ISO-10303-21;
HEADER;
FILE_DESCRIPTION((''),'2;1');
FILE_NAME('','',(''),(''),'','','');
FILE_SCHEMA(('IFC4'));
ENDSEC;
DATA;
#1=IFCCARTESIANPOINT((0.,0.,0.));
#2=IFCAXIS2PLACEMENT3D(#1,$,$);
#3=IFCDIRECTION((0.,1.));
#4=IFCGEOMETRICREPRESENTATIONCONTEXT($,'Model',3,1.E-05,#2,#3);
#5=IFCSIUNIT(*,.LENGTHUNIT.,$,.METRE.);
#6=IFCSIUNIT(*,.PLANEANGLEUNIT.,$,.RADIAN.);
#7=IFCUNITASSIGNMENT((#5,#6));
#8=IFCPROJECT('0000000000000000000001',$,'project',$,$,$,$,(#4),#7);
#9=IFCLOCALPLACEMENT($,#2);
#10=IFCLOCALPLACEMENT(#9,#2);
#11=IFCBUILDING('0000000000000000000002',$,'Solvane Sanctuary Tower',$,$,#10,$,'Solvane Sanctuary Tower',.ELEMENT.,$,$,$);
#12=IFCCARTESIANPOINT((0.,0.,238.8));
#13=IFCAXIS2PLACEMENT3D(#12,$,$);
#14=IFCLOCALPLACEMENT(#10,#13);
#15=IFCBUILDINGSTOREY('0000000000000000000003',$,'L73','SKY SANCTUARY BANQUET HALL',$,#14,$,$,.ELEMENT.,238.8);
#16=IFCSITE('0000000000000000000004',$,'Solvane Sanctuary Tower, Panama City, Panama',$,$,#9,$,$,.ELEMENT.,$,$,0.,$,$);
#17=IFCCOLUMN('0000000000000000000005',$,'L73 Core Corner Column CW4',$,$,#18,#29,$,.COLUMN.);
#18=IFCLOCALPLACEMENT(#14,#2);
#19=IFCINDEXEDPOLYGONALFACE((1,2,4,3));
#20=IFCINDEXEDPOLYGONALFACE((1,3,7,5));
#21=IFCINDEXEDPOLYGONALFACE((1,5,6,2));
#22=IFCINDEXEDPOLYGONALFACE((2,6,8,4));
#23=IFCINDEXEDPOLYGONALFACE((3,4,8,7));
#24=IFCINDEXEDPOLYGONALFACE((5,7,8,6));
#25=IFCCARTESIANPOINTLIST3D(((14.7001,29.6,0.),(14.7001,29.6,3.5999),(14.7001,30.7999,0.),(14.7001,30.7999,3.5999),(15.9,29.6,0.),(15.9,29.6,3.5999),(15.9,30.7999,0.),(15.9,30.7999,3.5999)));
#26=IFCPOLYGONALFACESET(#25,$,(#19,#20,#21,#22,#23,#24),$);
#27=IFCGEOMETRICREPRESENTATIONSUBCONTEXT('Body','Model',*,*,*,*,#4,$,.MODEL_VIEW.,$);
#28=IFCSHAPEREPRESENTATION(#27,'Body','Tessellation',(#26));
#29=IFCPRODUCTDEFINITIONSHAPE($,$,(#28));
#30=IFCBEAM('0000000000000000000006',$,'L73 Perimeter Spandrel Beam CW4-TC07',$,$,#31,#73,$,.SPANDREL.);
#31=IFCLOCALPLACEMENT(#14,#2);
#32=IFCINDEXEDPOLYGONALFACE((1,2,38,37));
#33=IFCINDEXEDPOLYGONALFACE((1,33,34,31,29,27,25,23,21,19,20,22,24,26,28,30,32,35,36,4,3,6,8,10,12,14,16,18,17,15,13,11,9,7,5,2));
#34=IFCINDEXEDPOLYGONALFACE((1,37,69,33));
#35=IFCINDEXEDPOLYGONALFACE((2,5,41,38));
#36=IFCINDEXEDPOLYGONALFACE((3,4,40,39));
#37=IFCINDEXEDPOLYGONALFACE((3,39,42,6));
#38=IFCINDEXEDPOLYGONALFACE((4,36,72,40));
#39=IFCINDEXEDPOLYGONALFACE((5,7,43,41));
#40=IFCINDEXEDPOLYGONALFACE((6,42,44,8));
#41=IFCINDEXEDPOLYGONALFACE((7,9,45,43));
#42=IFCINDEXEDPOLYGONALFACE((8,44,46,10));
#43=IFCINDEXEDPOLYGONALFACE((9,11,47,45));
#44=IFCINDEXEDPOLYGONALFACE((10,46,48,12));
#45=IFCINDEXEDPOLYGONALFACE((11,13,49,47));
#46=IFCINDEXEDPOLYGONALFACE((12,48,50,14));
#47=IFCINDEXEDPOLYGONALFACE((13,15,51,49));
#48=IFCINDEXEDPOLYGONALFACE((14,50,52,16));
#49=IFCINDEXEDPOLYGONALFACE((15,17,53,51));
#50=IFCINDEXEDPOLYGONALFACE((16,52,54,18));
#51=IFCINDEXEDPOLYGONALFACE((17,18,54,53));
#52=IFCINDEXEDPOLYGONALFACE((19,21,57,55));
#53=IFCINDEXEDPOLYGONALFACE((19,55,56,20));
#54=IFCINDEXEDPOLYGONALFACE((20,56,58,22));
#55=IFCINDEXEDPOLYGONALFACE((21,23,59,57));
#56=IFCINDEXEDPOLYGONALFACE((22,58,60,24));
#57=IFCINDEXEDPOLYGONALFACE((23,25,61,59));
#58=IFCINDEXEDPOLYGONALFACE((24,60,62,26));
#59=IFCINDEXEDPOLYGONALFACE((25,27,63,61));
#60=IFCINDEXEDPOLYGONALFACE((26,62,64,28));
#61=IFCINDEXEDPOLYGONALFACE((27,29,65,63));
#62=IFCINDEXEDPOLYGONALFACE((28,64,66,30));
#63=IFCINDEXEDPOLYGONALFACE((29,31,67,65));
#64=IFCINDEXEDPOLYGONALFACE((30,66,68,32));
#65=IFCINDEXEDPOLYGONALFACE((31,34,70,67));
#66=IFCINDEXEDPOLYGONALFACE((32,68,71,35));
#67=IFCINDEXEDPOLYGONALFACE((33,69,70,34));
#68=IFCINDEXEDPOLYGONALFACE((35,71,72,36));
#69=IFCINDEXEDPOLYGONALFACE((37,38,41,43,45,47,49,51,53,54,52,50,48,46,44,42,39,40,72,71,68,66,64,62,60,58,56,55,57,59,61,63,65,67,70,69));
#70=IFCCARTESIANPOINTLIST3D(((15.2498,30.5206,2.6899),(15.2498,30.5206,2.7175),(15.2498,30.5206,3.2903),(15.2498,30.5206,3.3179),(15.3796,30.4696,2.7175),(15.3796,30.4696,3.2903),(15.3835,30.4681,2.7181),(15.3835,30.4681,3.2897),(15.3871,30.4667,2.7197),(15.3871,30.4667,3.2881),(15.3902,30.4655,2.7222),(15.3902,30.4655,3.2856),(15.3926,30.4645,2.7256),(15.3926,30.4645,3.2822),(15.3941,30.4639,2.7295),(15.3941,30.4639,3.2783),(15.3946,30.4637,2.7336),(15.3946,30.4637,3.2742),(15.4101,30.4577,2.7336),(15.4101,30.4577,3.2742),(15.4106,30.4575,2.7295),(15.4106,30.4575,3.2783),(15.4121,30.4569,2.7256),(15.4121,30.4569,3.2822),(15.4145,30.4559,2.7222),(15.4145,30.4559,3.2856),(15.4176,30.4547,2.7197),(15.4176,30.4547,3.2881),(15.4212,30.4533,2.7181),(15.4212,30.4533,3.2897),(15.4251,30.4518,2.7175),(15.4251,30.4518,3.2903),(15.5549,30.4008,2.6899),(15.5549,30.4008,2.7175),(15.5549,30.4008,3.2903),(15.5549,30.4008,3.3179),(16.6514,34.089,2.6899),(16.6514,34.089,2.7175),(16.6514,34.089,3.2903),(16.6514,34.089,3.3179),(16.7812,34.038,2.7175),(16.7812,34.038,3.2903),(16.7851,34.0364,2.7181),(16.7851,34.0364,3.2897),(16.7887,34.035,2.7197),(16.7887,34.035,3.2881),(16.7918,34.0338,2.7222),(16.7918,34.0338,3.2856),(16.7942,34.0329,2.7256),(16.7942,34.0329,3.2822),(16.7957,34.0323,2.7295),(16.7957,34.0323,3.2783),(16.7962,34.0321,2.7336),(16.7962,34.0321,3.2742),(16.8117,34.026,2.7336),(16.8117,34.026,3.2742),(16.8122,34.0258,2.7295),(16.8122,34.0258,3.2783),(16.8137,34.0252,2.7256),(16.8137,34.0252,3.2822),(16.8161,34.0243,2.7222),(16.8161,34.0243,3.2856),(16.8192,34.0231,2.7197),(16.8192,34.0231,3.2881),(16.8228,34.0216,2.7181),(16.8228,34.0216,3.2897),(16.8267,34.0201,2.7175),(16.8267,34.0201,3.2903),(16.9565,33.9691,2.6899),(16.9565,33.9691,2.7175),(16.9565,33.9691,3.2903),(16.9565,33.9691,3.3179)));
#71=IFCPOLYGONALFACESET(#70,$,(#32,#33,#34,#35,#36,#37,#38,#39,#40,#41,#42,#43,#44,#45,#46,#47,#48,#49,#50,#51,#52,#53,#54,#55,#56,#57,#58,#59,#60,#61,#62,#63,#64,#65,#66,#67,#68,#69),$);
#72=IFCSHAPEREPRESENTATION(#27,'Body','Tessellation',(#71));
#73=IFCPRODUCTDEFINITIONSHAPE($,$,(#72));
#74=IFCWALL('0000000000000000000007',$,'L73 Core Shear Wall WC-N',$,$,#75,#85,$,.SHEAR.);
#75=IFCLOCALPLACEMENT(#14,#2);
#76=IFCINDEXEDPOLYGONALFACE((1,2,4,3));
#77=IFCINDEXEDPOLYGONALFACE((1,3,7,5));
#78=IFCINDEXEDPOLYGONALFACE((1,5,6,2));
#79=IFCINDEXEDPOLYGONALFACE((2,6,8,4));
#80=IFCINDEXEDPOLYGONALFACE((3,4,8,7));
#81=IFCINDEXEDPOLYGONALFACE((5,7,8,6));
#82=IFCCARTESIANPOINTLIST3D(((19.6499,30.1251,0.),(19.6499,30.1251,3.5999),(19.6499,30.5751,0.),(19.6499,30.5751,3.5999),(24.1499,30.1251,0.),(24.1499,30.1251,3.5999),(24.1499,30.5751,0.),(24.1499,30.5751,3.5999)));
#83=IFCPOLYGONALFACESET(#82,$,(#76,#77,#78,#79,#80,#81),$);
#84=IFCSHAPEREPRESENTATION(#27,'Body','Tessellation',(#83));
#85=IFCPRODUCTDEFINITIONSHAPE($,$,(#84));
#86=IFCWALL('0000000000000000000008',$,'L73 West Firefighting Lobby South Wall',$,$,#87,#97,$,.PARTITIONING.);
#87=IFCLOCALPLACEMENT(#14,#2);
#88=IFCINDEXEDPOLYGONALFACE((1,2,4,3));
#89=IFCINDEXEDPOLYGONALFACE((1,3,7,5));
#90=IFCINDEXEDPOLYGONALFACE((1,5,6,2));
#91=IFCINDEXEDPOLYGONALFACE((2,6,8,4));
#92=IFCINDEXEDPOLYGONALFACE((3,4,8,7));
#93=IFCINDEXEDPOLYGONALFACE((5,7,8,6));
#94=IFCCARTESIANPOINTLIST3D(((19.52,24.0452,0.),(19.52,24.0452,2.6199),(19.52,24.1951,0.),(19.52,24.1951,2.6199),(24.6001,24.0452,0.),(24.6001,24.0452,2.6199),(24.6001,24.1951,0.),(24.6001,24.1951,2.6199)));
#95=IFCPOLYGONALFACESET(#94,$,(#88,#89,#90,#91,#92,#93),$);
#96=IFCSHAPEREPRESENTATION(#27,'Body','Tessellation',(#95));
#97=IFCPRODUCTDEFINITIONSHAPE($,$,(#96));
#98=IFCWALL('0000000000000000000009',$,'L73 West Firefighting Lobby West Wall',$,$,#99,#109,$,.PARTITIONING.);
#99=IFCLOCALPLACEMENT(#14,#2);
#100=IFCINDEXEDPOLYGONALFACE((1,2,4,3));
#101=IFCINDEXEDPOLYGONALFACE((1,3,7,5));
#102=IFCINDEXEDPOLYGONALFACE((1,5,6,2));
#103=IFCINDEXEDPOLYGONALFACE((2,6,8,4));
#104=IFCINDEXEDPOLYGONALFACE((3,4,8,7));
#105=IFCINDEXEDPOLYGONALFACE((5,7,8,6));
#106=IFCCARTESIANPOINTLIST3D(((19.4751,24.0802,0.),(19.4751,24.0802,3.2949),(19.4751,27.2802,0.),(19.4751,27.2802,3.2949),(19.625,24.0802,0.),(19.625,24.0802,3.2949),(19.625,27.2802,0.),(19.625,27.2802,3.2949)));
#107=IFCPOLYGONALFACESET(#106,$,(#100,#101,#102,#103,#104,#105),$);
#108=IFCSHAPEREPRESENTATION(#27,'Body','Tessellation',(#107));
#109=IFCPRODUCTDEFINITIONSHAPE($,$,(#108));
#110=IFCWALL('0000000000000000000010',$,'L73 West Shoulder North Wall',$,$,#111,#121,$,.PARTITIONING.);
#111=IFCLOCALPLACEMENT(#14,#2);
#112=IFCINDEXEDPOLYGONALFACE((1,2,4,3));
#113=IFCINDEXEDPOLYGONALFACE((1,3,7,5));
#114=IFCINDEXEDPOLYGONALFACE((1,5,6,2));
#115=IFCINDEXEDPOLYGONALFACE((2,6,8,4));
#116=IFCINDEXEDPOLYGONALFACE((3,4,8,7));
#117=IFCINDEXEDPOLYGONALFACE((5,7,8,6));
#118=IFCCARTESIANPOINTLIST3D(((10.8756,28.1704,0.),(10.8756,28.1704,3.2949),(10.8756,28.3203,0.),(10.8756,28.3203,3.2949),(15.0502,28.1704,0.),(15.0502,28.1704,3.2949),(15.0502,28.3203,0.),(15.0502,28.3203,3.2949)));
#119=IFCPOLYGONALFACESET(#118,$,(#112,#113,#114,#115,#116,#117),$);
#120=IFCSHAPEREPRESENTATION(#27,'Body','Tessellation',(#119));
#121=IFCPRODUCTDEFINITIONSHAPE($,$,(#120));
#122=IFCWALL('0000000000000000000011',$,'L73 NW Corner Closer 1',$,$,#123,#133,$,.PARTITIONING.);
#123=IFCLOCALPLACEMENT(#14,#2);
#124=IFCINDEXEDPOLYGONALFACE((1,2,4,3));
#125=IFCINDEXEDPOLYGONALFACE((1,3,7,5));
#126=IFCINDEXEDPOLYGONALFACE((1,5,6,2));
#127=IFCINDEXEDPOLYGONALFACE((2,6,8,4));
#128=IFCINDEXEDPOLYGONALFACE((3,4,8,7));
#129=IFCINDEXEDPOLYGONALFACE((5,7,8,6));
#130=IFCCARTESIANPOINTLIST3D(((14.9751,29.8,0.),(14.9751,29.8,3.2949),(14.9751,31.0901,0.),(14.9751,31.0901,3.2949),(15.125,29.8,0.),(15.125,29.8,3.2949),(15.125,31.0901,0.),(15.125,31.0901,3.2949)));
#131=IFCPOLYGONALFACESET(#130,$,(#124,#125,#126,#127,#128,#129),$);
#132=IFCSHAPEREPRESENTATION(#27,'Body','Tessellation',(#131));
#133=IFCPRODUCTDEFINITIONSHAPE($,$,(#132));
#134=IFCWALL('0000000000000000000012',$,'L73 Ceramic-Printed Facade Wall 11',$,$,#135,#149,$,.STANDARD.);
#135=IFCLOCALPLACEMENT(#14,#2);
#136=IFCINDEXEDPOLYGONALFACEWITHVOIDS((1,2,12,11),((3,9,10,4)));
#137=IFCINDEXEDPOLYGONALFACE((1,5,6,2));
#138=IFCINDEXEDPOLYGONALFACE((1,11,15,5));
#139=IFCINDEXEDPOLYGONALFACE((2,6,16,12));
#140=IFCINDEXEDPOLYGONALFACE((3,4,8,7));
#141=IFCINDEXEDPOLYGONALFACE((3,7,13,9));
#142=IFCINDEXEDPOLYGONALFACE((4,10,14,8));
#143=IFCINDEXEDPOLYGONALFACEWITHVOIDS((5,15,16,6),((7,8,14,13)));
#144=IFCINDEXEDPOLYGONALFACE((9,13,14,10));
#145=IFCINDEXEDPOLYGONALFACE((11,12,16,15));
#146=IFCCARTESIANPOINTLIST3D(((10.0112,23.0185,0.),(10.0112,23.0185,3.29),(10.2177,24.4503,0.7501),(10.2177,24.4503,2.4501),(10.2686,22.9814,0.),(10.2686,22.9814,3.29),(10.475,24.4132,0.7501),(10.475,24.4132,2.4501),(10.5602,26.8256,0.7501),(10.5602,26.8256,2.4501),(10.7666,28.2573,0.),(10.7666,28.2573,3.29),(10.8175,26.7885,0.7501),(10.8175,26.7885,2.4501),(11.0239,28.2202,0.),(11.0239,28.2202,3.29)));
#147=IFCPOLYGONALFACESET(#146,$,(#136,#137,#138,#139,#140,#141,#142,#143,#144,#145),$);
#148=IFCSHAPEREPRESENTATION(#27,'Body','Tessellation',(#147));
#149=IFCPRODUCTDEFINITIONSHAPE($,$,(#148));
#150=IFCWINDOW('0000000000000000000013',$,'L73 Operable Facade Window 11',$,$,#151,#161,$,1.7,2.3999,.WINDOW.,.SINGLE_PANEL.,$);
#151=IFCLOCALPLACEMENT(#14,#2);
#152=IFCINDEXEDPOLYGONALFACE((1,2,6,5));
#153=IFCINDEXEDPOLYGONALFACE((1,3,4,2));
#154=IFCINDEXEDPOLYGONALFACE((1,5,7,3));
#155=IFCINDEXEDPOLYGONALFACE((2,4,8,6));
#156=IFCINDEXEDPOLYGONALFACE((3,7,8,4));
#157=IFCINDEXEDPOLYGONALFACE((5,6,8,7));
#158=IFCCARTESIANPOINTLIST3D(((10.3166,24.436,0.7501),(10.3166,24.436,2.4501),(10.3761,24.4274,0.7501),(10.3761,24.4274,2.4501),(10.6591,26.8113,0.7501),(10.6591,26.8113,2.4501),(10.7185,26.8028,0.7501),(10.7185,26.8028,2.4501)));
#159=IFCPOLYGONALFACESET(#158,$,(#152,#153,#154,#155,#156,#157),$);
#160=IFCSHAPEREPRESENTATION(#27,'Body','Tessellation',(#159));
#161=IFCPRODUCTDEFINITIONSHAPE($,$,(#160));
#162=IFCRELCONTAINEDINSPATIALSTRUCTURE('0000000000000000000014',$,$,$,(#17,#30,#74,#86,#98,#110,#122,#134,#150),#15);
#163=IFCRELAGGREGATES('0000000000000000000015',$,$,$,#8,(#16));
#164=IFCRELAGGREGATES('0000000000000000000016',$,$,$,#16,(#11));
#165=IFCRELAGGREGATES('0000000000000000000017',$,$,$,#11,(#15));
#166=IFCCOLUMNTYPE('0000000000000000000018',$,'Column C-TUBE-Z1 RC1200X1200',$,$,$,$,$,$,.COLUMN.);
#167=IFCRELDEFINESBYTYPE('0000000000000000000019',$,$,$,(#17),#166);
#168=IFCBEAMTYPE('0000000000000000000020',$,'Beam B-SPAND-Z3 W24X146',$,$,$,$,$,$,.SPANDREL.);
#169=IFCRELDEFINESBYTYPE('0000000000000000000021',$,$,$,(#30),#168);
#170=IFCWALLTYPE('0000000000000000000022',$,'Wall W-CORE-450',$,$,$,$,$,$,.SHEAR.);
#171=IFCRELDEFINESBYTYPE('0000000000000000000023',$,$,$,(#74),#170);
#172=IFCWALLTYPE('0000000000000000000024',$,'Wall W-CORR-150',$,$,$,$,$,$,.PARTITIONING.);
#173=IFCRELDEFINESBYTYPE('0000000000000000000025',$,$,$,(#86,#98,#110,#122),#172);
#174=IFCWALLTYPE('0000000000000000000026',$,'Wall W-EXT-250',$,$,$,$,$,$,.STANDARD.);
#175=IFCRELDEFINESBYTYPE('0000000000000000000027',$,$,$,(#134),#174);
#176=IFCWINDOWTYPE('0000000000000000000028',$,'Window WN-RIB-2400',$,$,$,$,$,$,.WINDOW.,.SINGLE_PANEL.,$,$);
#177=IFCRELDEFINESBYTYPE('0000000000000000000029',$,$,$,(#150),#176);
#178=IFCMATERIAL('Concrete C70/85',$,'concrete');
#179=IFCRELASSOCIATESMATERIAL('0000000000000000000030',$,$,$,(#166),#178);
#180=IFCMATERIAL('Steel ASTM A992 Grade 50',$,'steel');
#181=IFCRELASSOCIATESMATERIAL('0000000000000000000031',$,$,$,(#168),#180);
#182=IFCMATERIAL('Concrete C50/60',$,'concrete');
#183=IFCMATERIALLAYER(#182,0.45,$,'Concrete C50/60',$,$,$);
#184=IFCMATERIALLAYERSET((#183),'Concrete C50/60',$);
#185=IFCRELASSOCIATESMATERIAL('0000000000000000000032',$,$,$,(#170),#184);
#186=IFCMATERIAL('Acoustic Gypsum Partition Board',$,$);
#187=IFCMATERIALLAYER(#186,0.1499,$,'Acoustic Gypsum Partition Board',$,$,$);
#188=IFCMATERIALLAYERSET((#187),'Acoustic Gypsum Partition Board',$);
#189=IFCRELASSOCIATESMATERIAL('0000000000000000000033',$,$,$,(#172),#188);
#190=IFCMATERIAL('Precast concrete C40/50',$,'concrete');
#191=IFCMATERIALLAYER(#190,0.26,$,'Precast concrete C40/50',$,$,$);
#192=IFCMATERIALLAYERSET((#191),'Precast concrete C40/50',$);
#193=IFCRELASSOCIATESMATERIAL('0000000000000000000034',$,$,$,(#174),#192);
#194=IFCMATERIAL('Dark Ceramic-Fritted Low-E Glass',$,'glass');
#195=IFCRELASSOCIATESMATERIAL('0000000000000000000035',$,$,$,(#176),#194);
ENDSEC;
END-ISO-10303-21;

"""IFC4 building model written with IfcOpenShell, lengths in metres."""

from ifc_helpers import new_model, si_unit, direction, frame, frame_2d, origin, origin_2d, place, context, subcontext, project, spatial, rectangle, i_section, extrude, material, layer, layer_set, material_profile, profile_set, type_object, element, fill, save


model = new_model("IFC4")

# Units and contexts
model_context = context("Model", 3, precision=1e-05, world=origin(), true_north=direction((0.0, 1.0)))
body_context = subcontext(model_context, "Body", "Model", "MODEL_VIEW")
ifc_project = project(units=[si_unit("LENGTHUNIT", "METRE"), si_unit("PLANEANGLEUNIT", "RADIAN")], contexts=[model_context])

# Site, building, storey
site_placement = place(None, origin())
site = spatial("IfcSite", under=ifc_project, at=site_placement, Name="Solvane Sanctuary Tower, Panama City, Panama", CompositionType="ELEMENT", RefElevation=0.0)
building_placement = place(site_placement, origin())
building = spatial("IfcBuilding", under=site, at=building_placement, Name="Solvane Sanctuary Tower", LongName="Solvane Sanctuary Tower", CompositionType="ELEMENT")
storey_placement = place(building_placement, frame((0.0, 0.0, 238.8)))
storey = spatial("IfcBuildingStorey", under=building, at=storey_placement, Name="L73", Description="SKY SANCTUARY BANQUET HALL", CompositionType="ELEMENT", Elevation=238.8)

# Column
ifc_material_1 = material(Name="Concrete C70/85", Category="concrete")
ifc_material_profile_1 = material_profile(ifc_material_1, rectangle(XDim=1.2, YDim=1.2, at=origin_2d()), Name="RC1200X1200")
ifc_profile_set_1 = profile_set([ifc_material_profile_1], Name="Concrete C70/85")
column_type = type_object("IfcColumnType", Name="Column C-TUBE-Z1 RC1200X1200", PredefinedType="COLUMN", material=ifc_profile_set_1)
column_placement = place(storey_placement, frame((15.3, 30.2, 0.0), z_axis=(0.0, 0.0, 1.0), x_axis=(1.0, 0.0, 0.0)))
element("IfcColumn", 1, at=column_placement, inside=storey, type_object=column_type, Name="L73 Core Corner Column CW4", PredefinedType="COLUMN", context=body_context, shape_type="SweptSolid", body=[
    extrude(rectangle(XDim=1.2, YDim=1.2, at=origin_2d()), origin(), (0.0, 0.0, 1.0), 3.5999),
])

# Beam
ifc_material_2 = material(Name="Steel ASTM A992 Grade 50", Category="steel")
ifc_material_profile_2 = material_profile(ifc_material_2, i_section(OverallWidth=0.3279, OverallDepth=0.6279, WebThickness=0.0166, FlangeThickness=0.0276, FilletRadius=0.0161, at=origin_2d()), Name="W24X146")
ifc_profile_set_2 = profile_set([ifc_material_profile_2], Name="Steel ASTM A992 Grade 50")
beam_type = type_object("IfcBeamType", Name="Beam B-SPAND-Z3 W24X146", PredefinedType="SPANDREL", material=ifc_profile_set_2)
beam_placement = place(storey_placement, frame((15.4023, 30.4607, 3.0039), z_axis=(0.365597, 0.930773, 0.0), x_axis=(-0.930773, 0.365597, 0.0)))
element("IfcBeam", 2, at=beam_placement, inside=storey, type_object=beam_type, Name="L73 Perimeter Spandrel Beam CW4-TC07", PredefinedType="SPANDREL", context=body_context, shape_type="SweptSolid", body=[
    extrude(i_section(OverallWidth=0.3279, OverallDepth=0.6279, WebThickness=0.0166, FlangeThickness=0.0276, FilletRadius=0.0161, at=origin_2d()), origin(), (0.0, 0.0, 1.0), 3.8337),
])

# Walls
ifc_material_3 = material(Name="Concrete C50/60", Category="concrete")
ifc_layer_1 = layer(ifc_material_3, 0.45, Name="Concrete C50/60")
ifc_layer_set_1 = layer_set([ifc_layer_1], Name="Concrete C50/60")
wall_type_1 = type_object("IfcWallType", Name="Wall W-CORE-450", PredefinedType="SHEAR", material=ifc_layer_set_1)
wall_1_placement = place(storey_placement, frame((19.6499, 30.3501, 0.0), z_axis=(0.0, 0.0, 1.0), x_axis=(1.0, 0.0, 0.0)))
element("IfcWall", 3, at=wall_1_placement, inside=storey, type_object=wall_type_1, Name="L73 Core Shear Wall WC-N", PredefinedType="SHEAR", context=body_context, shape_type="SweptSolid", body=[
    extrude(rectangle(XDim=4.5, YDim=0.45, at=frame_2d((2.25, 0.0))), origin(), (0.0, 0.0, 1.0), 3.5999),
])
ifc_material_4 = material(Name="Acoustic Gypsum Partition Board")
ifc_layer_2 = layer(ifc_material_4, 0.1499, Name="Acoustic Gypsum Partition Board")
ifc_layer_set_2 = layer_set([ifc_layer_2], Name="Acoustic Gypsum Partition Board")
wall_type_2 = type_object("IfcWallType", Name="Wall W-CORR-150", PredefinedType="PARTITIONING", material=ifc_layer_set_2)
wall_2_placement = place(storey_placement, frame((19.52, 24.1201, 0.0), z_axis=(0.0, 0.0, 1.0), x_axis=(1.0, 0.0, 0.0)))
element("IfcWall", 4, at=wall_2_placement, inside=storey, type_object=wall_type_2, Name="L73 West Firefighting Lobby South Wall", PredefinedType="PARTITIONING", context=body_context, shape_type="SweptSolid", body=[
    extrude(rectangle(XDim=5.0801, YDim=0.1499, at=frame_2d((2.54, 0.0))), origin(), (0.0, 0.0, 1.0), 2.6199),
])
wall_3_placement = place(storey_placement, frame((19.55, 24.0801, 0.0), z_axis=(0.0, 0.0, 1.0), x_axis=(0.0, 1.0, 0.0)))
element("IfcWall", 5, at=wall_3_placement, inside=storey, type_object=wall_type_2, Name="L73 West Firefighting Lobby West Wall", PredefinedType="PARTITIONING", context=body_context, shape_type="SweptSolid", body=[
    extrude(rectangle(XDim=3.2, YDim=0.1499, at=frame_2d((1.6001, 0.0))), origin(), (0.0, 0.0, 1.0), 3.2949),
])
wall_4_placement = place(storey_placement, frame((10.8755, 28.2454, 0.0), z_axis=(0.0, 0.0, 1.0), x_axis=(1.0, 0.0, 0.0)))
element("IfcWall", 6, at=wall_4_placement, inside=storey, type_object=wall_type_2, Name="L73 West Shoulder North Wall", PredefinedType="PARTITIONING", context=body_context, shape_type="SweptSolid", body=[
    extrude(rectangle(XDim=4.1746, YDim=0.1499, at=frame_2d((2.0874, 0.0))), origin(), (0.0, 0.0, 1.0), 3.2949),
])
wall_5_placement = place(storey_placement, frame((15.05, 29.8, 0.0), z_axis=(0.0, 0.0, 1.0), x_axis=(0.0, 1.0, 0.0)))
element("IfcWall", 7, at=wall_5_placement, inside=storey, type_object=wall_type_2, Name="L73 NW Corner Closer 1", PredefinedType="PARTITIONING", context=body_context, shape_type="SweptSolid", body=[
    extrude(rectangle(XDim=1.29, YDim=0.1499, at=frame_2d((0.645, 0.0))), origin(), (0.0, 0.0, 1.0), 3.2949),
])

# Wall, opening, window
ifc_material_5 = material(Name="Precast concrete C40/50", Category="concrete")
ifc_layer_3 = layer(ifc_material_5, 0.26, Name="Precast concrete C40/50")
ifc_layer_set_3 = layer_set([ifc_layer_3], Name="Precast concrete C40/50")
wall_type_3 = type_object("IfcWallType", Name="Wall W-EXT-250", PredefinedType="STANDARD", material=ifc_layer_set_3)
wall_6_placement = place(storey_placement, frame((10.8953, 28.2388, 0.0), z_axis=(0.0, 0.0, 1.0), x_axis=(-0.142713, -0.989764, 0.0)))
wall_6 = element("IfcWall", 8, at=wall_6_placement, inside=storey, type_object=wall_type_3, Name="L73 Ceramic-Printed Facade Wall 11", PredefinedType="STANDARD", context=body_context, shape_type="SweptSolid", body=[
    extrude(rectangle(XDim=5.293, YDim=0.26, at=frame_2d((2.6465, 0.0))), origin(), (0.0, 0.0, 1.0), 3.29),
])
opening_1_placement = place(wall_6_placement, frame((1.4465, 0.0, 0.75)))
opening_1 = element("IfcOpeningElement", 9, at=opening_1_placement, cuts=wall_6, PredefinedType="OPENING", context=body_context, shape_type="SweptSolid", body=[
    extrude(rectangle(XDim=2.3999, YDim=1.7, at=frame_2d((1.2, 0.8501))), frame((0.0, 0.1399, 0.0), z_axis=(0.0, -1.0, 0.0), x_axis=(1.0, 0.0, 0.0)), (0.0, 0.0, 1.0), 0.28),
])
ifc_material_6 = material(Name="Dark Ceramic-Fritted Low-E Glass", Category="glass")
window_type_1 = type_object("IfcWindowType", Name="Window WN-RIB-2400", PartitioningType="SINGLE_PANEL", PredefinedType="WINDOW", material=ifc_material_6)
window_1_placement = place(opening_1_placement, origin())
window_1 = element("IfcWindow", 10, at=window_1_placement, inside=storey, type_object=window_type_1, Name="L73 Operable Facade Window 11", OverallHeight=1.7, OverallWidth=2.3999, PartitioningType="SINGLE_PANEL", PredefinedType="WINDOW", context=body_context, shape_type="SweptSolid", body=[
    extrude(rectangle(XDim=2.3999, YDim=1.7, at=frame_2d((1.2, 0.8501))), frame((0.0, 0.03, 0.0), z_axis=(0.0, -1.0, 0.0), x_axis=(1.0, 0.0, 0.0)), (0.0, 0.0, 1.0), 0.0601),
])
fill(opening_1, window_1)

save(model, "model.ifc")
